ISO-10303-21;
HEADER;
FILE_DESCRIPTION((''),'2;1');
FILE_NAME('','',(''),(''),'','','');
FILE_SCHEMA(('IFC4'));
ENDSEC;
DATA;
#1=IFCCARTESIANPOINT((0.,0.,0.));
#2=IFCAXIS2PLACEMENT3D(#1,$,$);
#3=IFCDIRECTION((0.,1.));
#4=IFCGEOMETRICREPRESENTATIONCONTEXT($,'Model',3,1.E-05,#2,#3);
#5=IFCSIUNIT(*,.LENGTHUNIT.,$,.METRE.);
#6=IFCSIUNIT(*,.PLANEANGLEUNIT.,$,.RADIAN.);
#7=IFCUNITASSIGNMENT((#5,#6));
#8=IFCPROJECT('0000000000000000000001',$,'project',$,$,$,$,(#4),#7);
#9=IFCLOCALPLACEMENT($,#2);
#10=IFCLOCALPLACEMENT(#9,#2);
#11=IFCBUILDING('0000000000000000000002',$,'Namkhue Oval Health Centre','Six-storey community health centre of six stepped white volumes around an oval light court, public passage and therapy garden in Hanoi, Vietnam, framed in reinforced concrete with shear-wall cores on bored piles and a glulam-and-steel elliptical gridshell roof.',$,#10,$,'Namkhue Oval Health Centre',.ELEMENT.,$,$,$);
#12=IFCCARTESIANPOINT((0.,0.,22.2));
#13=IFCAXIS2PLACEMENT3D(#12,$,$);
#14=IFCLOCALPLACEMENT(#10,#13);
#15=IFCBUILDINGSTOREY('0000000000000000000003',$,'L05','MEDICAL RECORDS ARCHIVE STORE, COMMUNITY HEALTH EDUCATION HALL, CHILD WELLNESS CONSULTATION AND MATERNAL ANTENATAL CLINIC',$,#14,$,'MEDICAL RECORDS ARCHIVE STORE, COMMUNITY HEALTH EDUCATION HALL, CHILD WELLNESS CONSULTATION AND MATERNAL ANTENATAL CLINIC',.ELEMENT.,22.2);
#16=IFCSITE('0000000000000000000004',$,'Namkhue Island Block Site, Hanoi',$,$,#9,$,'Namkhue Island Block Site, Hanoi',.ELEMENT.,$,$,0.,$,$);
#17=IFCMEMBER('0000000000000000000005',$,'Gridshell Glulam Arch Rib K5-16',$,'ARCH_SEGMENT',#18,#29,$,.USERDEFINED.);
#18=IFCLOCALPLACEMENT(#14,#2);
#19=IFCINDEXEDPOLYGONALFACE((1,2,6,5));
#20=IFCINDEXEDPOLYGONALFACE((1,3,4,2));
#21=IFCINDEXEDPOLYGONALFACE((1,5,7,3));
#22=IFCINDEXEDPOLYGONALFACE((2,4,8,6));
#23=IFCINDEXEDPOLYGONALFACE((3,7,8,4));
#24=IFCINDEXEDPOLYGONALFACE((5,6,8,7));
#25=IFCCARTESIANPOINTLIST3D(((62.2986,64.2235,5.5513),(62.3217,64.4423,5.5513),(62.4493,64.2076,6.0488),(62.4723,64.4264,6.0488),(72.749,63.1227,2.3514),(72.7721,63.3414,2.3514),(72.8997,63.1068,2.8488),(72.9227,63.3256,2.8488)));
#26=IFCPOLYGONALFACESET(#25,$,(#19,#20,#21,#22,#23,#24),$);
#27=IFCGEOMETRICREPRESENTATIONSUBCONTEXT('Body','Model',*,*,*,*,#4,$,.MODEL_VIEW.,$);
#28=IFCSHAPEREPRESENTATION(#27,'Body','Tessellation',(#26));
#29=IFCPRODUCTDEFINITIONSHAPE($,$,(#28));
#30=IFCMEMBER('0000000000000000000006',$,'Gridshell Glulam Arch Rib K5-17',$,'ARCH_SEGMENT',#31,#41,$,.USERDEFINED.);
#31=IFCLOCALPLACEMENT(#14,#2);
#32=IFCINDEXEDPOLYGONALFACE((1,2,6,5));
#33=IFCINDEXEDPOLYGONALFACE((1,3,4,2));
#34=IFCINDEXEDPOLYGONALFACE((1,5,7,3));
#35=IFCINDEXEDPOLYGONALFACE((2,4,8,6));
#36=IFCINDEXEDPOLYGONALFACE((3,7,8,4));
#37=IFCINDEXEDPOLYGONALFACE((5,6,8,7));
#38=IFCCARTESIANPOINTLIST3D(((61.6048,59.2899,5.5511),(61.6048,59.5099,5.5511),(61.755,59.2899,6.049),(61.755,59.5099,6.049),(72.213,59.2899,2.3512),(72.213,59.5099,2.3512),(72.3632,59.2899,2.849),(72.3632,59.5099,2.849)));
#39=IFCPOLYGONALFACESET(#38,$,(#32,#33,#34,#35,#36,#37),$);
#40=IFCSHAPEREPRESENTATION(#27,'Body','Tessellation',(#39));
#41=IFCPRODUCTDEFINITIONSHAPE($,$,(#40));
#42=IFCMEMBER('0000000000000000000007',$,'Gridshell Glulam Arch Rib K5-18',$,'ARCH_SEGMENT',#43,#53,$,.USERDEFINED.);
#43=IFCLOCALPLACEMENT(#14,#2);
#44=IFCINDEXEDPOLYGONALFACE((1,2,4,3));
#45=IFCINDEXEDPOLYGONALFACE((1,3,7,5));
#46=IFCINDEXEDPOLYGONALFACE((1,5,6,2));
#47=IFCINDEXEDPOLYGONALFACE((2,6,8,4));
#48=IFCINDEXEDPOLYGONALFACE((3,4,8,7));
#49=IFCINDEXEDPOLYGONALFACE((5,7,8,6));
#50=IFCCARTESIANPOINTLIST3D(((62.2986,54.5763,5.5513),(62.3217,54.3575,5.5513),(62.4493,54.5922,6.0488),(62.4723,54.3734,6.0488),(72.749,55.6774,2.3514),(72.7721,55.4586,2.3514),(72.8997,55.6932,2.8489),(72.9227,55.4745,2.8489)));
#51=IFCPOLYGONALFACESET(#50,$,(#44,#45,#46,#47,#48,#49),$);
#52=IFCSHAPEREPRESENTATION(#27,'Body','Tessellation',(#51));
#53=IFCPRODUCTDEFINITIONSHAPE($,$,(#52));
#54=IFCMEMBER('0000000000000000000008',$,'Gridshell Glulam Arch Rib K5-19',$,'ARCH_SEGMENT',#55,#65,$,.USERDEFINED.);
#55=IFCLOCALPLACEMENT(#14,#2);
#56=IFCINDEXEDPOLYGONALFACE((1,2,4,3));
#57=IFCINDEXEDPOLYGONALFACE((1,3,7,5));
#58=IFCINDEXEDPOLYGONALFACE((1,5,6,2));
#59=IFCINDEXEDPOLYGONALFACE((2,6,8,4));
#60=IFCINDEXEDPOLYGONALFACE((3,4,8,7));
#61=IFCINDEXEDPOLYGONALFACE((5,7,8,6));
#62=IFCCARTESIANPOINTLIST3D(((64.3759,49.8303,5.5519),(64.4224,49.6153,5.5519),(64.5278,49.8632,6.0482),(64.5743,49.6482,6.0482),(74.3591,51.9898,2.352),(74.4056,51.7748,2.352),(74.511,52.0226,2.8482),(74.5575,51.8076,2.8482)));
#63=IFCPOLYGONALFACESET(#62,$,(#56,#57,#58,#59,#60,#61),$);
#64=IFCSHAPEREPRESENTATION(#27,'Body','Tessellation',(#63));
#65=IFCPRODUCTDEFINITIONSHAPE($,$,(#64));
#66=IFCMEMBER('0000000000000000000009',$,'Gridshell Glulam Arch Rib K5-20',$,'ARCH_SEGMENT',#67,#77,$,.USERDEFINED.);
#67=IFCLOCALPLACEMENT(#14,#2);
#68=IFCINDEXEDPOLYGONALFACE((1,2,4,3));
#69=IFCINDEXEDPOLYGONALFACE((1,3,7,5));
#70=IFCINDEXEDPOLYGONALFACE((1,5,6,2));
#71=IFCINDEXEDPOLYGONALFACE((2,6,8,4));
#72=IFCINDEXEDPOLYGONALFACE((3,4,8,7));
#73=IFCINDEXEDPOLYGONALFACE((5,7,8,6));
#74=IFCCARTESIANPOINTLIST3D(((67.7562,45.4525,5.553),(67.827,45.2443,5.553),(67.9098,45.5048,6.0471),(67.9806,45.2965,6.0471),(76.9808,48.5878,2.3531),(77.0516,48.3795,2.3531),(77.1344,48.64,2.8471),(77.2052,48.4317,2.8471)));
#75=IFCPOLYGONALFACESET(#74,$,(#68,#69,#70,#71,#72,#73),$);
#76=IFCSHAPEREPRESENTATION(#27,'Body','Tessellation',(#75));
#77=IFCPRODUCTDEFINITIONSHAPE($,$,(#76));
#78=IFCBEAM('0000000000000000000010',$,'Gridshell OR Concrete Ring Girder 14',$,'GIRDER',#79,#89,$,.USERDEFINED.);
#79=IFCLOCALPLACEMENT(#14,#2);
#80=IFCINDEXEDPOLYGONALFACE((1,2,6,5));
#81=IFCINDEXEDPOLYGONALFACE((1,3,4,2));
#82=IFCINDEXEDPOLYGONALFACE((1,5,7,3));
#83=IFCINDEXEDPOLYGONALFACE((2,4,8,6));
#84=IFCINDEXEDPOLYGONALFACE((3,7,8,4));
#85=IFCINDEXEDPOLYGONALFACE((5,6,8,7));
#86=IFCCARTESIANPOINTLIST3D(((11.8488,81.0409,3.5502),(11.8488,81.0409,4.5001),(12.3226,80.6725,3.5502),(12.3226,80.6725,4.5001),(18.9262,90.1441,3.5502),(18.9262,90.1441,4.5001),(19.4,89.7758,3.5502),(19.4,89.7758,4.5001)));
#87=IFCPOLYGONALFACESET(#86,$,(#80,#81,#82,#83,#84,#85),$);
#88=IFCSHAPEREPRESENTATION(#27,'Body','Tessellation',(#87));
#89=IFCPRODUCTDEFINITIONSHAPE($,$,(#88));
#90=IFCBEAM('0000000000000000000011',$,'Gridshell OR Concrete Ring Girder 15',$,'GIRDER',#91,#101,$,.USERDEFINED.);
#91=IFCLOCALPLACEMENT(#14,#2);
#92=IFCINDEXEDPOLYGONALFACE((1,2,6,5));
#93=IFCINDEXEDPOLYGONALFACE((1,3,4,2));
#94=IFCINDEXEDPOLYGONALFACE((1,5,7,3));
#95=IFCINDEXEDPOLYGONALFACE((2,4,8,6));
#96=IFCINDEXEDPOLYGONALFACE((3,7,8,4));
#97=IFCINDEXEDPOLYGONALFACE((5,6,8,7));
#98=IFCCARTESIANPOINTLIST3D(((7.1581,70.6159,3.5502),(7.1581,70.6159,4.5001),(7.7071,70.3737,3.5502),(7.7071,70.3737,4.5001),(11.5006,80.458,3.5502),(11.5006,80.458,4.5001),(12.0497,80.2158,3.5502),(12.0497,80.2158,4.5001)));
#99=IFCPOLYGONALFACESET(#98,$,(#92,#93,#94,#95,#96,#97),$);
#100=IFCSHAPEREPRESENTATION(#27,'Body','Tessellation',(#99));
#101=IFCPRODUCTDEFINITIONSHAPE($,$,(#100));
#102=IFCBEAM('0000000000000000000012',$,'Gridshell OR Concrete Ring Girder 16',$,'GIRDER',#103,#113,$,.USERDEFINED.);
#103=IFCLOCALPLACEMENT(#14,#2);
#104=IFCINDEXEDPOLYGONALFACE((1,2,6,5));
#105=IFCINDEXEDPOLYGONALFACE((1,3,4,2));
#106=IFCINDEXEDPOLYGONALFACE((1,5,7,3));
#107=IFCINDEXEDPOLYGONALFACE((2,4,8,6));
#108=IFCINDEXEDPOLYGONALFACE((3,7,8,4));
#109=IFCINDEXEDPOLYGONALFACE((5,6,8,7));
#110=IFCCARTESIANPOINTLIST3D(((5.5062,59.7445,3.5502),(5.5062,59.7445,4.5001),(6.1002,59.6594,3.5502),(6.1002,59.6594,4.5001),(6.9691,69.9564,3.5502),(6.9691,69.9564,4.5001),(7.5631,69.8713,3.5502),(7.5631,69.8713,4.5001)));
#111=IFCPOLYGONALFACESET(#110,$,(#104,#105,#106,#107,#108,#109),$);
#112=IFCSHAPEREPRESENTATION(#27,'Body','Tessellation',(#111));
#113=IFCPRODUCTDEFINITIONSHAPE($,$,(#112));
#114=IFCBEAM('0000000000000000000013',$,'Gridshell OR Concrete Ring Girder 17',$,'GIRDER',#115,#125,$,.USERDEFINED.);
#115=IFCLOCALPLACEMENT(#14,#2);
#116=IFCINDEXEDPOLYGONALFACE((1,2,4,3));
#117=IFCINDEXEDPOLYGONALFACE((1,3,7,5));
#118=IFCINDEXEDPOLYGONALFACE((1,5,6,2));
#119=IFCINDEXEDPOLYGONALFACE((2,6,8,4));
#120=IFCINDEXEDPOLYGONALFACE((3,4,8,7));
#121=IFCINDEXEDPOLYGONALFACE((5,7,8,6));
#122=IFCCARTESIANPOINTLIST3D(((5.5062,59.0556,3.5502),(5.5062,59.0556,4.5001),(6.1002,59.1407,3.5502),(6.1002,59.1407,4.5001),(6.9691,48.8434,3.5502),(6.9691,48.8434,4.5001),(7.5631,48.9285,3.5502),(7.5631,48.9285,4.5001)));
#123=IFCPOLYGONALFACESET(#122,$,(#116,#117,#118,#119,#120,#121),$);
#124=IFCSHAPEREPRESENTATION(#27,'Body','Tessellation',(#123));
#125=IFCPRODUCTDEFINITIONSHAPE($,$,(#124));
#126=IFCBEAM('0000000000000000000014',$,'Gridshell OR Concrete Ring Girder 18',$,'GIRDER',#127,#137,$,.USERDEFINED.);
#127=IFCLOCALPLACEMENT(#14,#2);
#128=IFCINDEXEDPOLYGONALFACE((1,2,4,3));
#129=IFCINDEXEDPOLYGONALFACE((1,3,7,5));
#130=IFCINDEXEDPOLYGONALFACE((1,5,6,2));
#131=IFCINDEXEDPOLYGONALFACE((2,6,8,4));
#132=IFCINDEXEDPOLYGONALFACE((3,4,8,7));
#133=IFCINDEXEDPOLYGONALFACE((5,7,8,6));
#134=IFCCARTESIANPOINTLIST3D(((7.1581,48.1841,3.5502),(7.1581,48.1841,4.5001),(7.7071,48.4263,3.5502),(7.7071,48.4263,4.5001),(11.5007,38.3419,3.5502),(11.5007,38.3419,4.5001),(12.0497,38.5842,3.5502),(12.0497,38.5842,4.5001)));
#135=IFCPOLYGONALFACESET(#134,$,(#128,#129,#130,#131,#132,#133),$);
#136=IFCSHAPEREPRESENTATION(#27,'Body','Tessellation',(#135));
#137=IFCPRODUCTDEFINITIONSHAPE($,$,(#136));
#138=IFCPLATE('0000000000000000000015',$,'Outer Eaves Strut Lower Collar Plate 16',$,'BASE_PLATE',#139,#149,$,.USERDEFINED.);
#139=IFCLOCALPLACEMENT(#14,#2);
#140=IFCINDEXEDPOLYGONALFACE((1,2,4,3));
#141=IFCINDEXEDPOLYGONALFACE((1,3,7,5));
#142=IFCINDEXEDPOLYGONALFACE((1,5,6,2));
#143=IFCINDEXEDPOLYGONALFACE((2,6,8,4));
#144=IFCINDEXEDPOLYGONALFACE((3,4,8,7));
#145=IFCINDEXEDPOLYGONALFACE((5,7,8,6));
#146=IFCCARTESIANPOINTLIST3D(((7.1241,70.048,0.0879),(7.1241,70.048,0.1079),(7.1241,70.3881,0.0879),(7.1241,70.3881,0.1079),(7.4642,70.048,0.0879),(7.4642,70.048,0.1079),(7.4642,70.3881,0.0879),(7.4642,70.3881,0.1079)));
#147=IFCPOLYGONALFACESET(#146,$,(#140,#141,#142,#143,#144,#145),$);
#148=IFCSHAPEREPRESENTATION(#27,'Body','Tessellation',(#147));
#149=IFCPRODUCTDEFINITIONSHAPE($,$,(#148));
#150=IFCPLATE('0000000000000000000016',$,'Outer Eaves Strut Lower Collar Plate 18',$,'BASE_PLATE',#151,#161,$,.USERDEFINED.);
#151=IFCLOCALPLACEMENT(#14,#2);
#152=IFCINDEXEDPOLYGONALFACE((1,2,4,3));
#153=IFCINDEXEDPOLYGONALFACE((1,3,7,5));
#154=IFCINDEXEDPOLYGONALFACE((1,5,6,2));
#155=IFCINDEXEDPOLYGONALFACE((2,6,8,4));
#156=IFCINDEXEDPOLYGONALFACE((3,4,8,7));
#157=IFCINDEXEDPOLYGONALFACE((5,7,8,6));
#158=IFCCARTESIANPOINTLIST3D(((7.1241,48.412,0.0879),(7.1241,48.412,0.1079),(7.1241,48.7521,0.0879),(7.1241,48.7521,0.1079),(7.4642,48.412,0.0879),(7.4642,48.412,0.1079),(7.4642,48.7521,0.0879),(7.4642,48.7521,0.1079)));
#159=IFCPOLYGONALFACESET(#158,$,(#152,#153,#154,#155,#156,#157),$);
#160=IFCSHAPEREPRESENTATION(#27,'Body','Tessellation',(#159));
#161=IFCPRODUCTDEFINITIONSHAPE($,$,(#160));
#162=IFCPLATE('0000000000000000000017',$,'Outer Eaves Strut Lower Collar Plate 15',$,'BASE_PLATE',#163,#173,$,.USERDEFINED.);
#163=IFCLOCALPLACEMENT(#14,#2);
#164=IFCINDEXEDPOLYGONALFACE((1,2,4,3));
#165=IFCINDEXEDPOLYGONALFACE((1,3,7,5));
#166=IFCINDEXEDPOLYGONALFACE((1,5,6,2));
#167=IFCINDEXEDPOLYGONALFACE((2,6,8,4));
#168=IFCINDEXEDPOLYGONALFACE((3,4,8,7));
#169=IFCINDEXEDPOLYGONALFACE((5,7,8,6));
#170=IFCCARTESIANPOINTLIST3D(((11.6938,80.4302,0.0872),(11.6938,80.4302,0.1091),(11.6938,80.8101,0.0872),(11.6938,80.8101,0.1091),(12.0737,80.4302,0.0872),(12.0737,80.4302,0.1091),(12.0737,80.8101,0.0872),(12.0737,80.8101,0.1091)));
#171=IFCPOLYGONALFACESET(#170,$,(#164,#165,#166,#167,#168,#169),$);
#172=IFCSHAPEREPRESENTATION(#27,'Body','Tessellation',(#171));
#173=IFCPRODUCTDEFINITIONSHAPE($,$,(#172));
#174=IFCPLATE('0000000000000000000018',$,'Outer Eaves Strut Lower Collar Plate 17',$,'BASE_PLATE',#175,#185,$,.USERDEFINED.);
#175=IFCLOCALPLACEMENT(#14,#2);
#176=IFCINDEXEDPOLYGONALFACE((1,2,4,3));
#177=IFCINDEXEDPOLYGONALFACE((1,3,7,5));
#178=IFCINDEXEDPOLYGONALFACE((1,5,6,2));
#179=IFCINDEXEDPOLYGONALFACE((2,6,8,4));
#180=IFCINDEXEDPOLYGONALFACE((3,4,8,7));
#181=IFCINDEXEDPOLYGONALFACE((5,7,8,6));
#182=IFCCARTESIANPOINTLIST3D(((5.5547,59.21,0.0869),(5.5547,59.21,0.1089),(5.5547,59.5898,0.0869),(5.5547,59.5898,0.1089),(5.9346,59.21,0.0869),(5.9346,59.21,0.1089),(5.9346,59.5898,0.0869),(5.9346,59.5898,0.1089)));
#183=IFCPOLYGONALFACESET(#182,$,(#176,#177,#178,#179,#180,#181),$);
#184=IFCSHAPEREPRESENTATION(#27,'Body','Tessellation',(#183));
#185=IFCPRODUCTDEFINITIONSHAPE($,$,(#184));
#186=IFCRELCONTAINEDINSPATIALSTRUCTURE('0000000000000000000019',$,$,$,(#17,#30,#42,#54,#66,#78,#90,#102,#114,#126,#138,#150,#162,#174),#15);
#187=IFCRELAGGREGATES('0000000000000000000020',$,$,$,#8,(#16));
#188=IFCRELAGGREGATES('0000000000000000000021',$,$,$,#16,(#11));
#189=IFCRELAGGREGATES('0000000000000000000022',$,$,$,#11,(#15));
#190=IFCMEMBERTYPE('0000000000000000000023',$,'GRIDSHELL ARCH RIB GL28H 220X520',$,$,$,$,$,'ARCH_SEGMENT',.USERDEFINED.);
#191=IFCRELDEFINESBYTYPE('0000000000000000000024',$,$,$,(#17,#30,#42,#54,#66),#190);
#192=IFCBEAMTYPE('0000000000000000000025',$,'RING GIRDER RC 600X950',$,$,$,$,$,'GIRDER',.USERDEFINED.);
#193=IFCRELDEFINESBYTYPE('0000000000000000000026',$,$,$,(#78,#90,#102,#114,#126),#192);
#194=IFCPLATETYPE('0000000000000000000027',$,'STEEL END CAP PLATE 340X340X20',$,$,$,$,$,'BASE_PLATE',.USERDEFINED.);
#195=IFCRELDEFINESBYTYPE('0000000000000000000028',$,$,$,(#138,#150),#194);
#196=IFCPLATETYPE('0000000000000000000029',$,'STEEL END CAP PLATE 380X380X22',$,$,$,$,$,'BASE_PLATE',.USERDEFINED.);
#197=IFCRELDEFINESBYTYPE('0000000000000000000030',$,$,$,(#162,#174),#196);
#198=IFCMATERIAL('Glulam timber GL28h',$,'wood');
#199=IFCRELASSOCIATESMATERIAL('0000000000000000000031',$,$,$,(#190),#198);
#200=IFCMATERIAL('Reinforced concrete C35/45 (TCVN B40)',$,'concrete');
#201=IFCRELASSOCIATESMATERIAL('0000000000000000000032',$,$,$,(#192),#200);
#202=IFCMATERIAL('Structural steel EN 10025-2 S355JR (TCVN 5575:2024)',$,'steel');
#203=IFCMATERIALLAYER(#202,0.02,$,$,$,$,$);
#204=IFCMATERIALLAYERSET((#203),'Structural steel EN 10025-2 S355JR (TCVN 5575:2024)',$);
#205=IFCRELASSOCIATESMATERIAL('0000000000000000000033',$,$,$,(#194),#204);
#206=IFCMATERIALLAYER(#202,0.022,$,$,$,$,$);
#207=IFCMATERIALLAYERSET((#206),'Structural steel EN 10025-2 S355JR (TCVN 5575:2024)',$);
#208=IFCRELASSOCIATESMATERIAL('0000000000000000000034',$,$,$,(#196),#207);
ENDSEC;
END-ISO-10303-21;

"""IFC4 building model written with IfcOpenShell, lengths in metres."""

from ifc_helpers import new_model, si_unit, direction, frame, origin, origin_2d, place, context, subcontext, project, spatial, rectangle, extrude, material, layer, layer_set, material_profile, profile_set, type_object, element, save


model = new_model("IFC4")

# Units and contexts
model_context = context("Model", 3, precision=1e-05, world=origin(), true_north=direction((0.0, 1.0)))
body_context = subcontext(model_context, "Body", "Model", "MODEL_VIEW")
ifc_project = project(units=[si_unit("LENGTHUNIT", "METRE"), si_unit("PLANEANGLEUNIT", "RADIAN")], contexts=[model_context])

# Site, building, storey
site_placement = place(None, origin())
site = spatial("IfcSite", under=ifc_project, at=site_placement, Name="Namkhue Island Block Site, Hanoi", LongName="Namkhue Island Block Site, Hanoi", CompositionType="ELEMENT", RefElevation=0.0)
building_placement = place(site_placement, origin())
building = spatial("IfcBuilding", under=site, at=building_placement, Name="Namkhue Oval Health Centre", Description="Six-storey community health centre of six stepped white volumes around an oval light court, public passage and therapy garden in Hanoi, Vietnam, framed in reinforced concrete with shear-wall cores on bored piles and a glulam-and-steel elliptical gridshell roof.", LongName="Namkhue Oval Health Centre", CompositionType="ELEMENT")
storey_placement = place(building_placement, frame((0.0, 0.0, 22.2)))
storey = spatial("IfcBuildingStorey", under=building, at=storey_placement, Name="L05", Description="MEDICAL RECORDS ARCHIVE STORE, COMMUNITY HEALTH EDUCATION HALL, CHILD WELLNESS CONSULTATION AND MATERNAL ANTENATAL CLINIC", LongName="MEDICAL RECORDS ARCHIVE STORE, COMMUNITY HEALTH EDUCATION HALL, CHILD WELLNESS CONSULTATION AND MATERNAL ANTENATAL CLINIC", CompositionType="ELEMENT", Elevation=22.2)

# Shared definitions
ifc_material_1 = material(Name="Reinforced concrete C35/45 (TCVN B40)", Category="concrete")

# Members
ifc_material_2 = material(Name="Structural steel EN 10025-2 S355JR (TCVN 5575:2024)", Category="steel")
ifc_material_3 = material(Name="Glulam timber GL28h", Category="wood")
ifc_material_profile_1 = material_profile(ifc_material_3, rectangle(XDim=0.22, YDim=0.52, at=origin_2d()), Name="GL28h 220x520")
ifc_profile_set_1 = profile_set([ifc_material_profile_1], Name="Glulam timber GL28h")
member_type_1 = type_object("IfcMemberType", Name="GRIDSHELL ARCH RIB GL28H 220X520", ElementType="ARCH_SEGMENT", PredefinedType="USERDEFINED", material=ifc_profile_set_1)
member_1_placement = place(storey_placement, frame((62.3855, 64.325, 5.8), z_axis=(0.951365, -0.100215, -0.29131), x_axis=(0.104759, 0.994498, 0.0)))
element("IfcMember", 1, at=member_1_placement, inside=storey, type_object=member_type_1, Name="Gridshell Glulam Arch Rib K5-16", ObjectType="ARCH_SEGMENT", PredefinedType="USERDEFINED", context=body_context, shape_type="SweptSolid", body=[
    extrude(rectangle(XDim=0.22, YDim=0.52, at=origin_2d()), origin(), (0.0, 0.0, 1.0), 10.9846),
])
member_2_placement = place(storey_placement, frame((61.6799, 59.3999, 5.8), z_axis=(0.95739, 0.0, -0.288797), x_axis=(0.0, 1.0, 0.0)))
element("IfcMember", 2, at=member_2_placement, inside=storey, type_object=member_type_1, Name="Gridshell Glulam Arch Rib K5-17", ObjectType="ARCH_SEGMENT", PredefinedType="USERDEFINED", context=body_context, shape_type="SweptSolid", body=[
    extrude(rectangle(XDim=0.22, YDim=0.52, at=origin_2d()), origin(), (0.0, 0.0, 1.0), 11.0803),
])
member_3_placement = place(storey_placement, frame((62.3855, 54.4749, 5.8), z_axis=(0.951363, 0.100237, -0.29131), x_axis=(-0.104782, 0.994495, 0.0)))
element("IfcMember", 3, at=member_3_placement, inside=storey, type_object=member_type_1, Name="Gridshell Glulam Arch Rib K5-18", ObjectType="ARCH_SEGMENT", PredefinedType="USERDEFINED", context=body_context, shape_type="SweptSolid", body=[
    extrude(rectangle(XDim=0.22, YDim=0.52, at=origin_2d()), origin(), (0.0, 0.0, 1.0), 10.9846),
])
member_4_placement = place(storey_placement, frame((64.4751, 49.7393, 5.8), z_axis=(0.932695, 0.201748, -0.298961), x_axis=(-0.211417, 0.977396, 0.0)))
element("IfcMember", 4, at=member_4_placement, inside=storey, type_object=member_type_1, Name="Gridshell Glulam Arch Rib K5-19", ObjectType="ARCH_SEGMENT", PredefinedType="USERDEFINED", context=body_context, shape_type="SweptSolid", body=[
    extrude(rectangle(XDim=0.22, YDim=0.52, at=origin_2d()), origin(), (0.0, 0.0, 1.0), 10.7036),
])
member_5_placement = place(storey_placement, frame((67.8684, 45.3745, 5.8), z_axis=(0.899532, 0.305732, -0.312041), x_axis=(-0.3218, 0.946808, 0.0)))
element("IfcMember", 5, at=member_5_placement, inside=storey, type_object=member_type_1, Name="Gridshell Glulam Arch Rib K5-20", ObjectType="ARCH_SEGMENT", PredefinedType="USERDEFINED", context=body_context, shape_type="SweptSolid", body=[
    extrude(rectangle(XDim=0.22, YDim=0.52, at=origin_2d()), origin(), (0.0, 0.0, 1.0), 10.2549),
])

# Beams
ifc_material_profile_2 = material_profile(ifc_material_1, rectangle(XDim=0.6001, YDim=0.95, at=origin_2d()), Name="RC 600x950")
ifc_profile_set_2 = profile_set([ifc_material_profile_2], Name="Reinforced concrete C35/45 (TCVN B40)")
beam_type = type_object("IfcBeamType", Name="RING GIRDER RC 600X950", ElementType="GIRDER", PredefinedType="USERDEFINED", material=ifc_profile_set_2)
beam_1_placement = place(storey_placement, frame((19.1631, 89.96, 4.0251), z_axis=(-0.613782, -0.789475, 0.0), x_axis=(0.789475, -0.613782, 0.0)))
element("IfcBeam", 6, at=beam_1_placement, inside=storey, type_object=beam_type, Name="Gridshell OR Concrete Ring Girder 14", ObjectType="GIRDER", PredefinedType="USERDEFINED", context=body_context, shape_type="SweptSolid", body=[
    extrude(rectangle(XDim=0.6001, YDim=0.95, at=origin_2d()), origin(), (0.0, 0.0, 1.0), 11.5308),
])
beam_2_placement = place(storey_placement, frame((11.7751, 80.3369, 4.0251), z_axis=(-0.403675, -0.914902, 0.0), x_axis=(0.914902, -0.403675, 0.0)))
element("IfcBeam", 7, at=beam_2_placement, inside=storey, type_object=beam_type, Name="Gridshell OR Concrete Ring Girder 15", ObjectType="GIRDER", PredefinedType="USERDEFINED", context=body_context, shape_type="SweptSolid", body=[
    extrude(rectangle(XDim=0.6001, YDim=0.95, at=origin_2d()), origin(), (0.0, 0.0, 1.0), 10.7576),
])
beam_3_placement = place(storey_placement, frame((7.2661, 69.9138, 4.0251), z_axis=(-0.141806, -0.989895, 0.0), x_axis=(0.989895, -0.141806, 0.0)))
element("IfcBeam", 8, at=beam_3_placement, inside=storey, type_object=beam_type, Name="Gridshell OR Concrete Ring Girder 16", ObjectType="GIRDER", PredefinedType="USERDEFINED", context=body_context, shape_type="SweptSolid", body=[
    extrude(rectangle(XDim=0.6001, YDim=0.95, at=origin_2d()), origin(), (0.0, 0.0, 1.0), 10.3162),
])
beam_4_placement = place(storey_placement, frame((5.8032, 59.0981, 4.0251), z_axis=(0.141802, -0.989895, 0.0), x_axis=(0.989895, 0.141802, 0.0)))
element("IfcBeam", 9, at=beam_4_placement, inside=storey, type_object=beam_type, Name="Gridshell OR Concrete Ring Girder 17", ObjectType="GIRDER", PredefinedType="USERDEFINED", context=body_context, shape_type="SweptSolid", body=[
    extrude(rectangle(XDim=0.6001, YDim=0.95, at=origin_2d()), origin(), (0.0, 0.0, 1.0), 10.3164),
])
beam_5_placement = place(storey_placement, frame((7.4326, 48.3052, 4.0251), z_axis=(0.403675, -0.914902, 0.0), x_axis=(0.914902, 0.403675, 0.0)))
element("IfcBeam", 10, at=beam_5_placement, inside=storey, type_object=beam_type, Name="Gridshell OR Concrete Ring Girder 18", ObjectType="GIRDER", PredefinedType="USERDEFINED", context=body_context, shape_type="SweptSolid", body=[
    extrude(rectangle(XDim=0.6001, YDim=0.95, at=origin_2d()), origin(), (0.0, 0.0, 1.0), 10.7576),
])

# Plates
ifc_layer_1 = layer(ifc_material_2, 0.02)
ifc_layer_set_1 = layer_set([ifc_layer_1], Name="Structural steel EN 10025-2 S355JR (TCVN 5575:2024)")
plate_type_1 = type_object("IfcPlateType", Name="STEEL END CAP PLATE 340X340X20", ElementType="BASE_PLATE", PredefinedType="USERDEFINED", material=ifc_layer_set_1)
for number, where, z_axis, x_axis, name in (
    (11, (7.2942, 70.218, 0.0879), (0.0, 0.0, 1.0), (1.0, 0.0, 0.0), "Outer Eaves Strut Lower Collar Plate 16"),
    (12, (7.2942, 48.582, 0.0879), (0.0, 0.0, 1.0), (1.0, 0.0, 0.0), "Outer Eaves Strut Lower Collar Plate 18"),
):
    element("IfcPlate", number, at=place(storey_placement, frame(where, z_axis=z_axis, x_axis=x_axis)), inside=storey, type_object=plate_type_1, Name=name, ObjectType="BASE_PLATE", PredefinedType="USERDEFINED", context=body_context, shape_type="SweptSolid", body=[
        extrude(rectangle(XDim=0.3401, YDim=0.3401, at=origin_2d()), origin(), (0.0, 0.0, 1.0), 0.02),
    ])
ifc_layer_2 = layer(ifc_material_2, 0.022)
ifc_layer_set_2 = layer_set([ifc_layer_2], Name="Structural steel EN 10025-2 S355JR (TCVN 5575:2024)")
plate_type_2 = type_object("IfcPlateType", Name="STEEL END CAP PLATE 380X380X22", ElementType="BASE_PLATE", PredefinedType="USERDEFINED", material=ifc_layer_set_2)
for number, where, z_axis, x_axis, name in (
    (13, (11.8838, 80.6201, 0.0872), (0.0, 0.0, 1.0), (1.0, 0.0, 0.0), "Outer Eaves Strut Lower Collar Plate 15"),
    (14, (5.7446, 59.3999, 0.0869), (0.0, 0.0, 1.0), (1.0, 0.0, 0.0), "Outer Eaves Strut Lower Collar Plate 17"),
):
    element("IfcPlate", number, at=place(storey_placement, frame(where, z_axis=z_axis, x_axis=x_axis)), inside=storey, type_object=plate_type_2, Name=name, ObjectType="BASE_PLATE", PredefinedType="USERDEFINED", context=body_context, shape_type="SweptSolid", body=[
        extrude(rectangle(XDim=0.3799, YDim=0.3799, at=origin_2d()), origin(), (0.0, 0.0, 1.0), 0.022),
    ])

save(model, "model.ifc")
